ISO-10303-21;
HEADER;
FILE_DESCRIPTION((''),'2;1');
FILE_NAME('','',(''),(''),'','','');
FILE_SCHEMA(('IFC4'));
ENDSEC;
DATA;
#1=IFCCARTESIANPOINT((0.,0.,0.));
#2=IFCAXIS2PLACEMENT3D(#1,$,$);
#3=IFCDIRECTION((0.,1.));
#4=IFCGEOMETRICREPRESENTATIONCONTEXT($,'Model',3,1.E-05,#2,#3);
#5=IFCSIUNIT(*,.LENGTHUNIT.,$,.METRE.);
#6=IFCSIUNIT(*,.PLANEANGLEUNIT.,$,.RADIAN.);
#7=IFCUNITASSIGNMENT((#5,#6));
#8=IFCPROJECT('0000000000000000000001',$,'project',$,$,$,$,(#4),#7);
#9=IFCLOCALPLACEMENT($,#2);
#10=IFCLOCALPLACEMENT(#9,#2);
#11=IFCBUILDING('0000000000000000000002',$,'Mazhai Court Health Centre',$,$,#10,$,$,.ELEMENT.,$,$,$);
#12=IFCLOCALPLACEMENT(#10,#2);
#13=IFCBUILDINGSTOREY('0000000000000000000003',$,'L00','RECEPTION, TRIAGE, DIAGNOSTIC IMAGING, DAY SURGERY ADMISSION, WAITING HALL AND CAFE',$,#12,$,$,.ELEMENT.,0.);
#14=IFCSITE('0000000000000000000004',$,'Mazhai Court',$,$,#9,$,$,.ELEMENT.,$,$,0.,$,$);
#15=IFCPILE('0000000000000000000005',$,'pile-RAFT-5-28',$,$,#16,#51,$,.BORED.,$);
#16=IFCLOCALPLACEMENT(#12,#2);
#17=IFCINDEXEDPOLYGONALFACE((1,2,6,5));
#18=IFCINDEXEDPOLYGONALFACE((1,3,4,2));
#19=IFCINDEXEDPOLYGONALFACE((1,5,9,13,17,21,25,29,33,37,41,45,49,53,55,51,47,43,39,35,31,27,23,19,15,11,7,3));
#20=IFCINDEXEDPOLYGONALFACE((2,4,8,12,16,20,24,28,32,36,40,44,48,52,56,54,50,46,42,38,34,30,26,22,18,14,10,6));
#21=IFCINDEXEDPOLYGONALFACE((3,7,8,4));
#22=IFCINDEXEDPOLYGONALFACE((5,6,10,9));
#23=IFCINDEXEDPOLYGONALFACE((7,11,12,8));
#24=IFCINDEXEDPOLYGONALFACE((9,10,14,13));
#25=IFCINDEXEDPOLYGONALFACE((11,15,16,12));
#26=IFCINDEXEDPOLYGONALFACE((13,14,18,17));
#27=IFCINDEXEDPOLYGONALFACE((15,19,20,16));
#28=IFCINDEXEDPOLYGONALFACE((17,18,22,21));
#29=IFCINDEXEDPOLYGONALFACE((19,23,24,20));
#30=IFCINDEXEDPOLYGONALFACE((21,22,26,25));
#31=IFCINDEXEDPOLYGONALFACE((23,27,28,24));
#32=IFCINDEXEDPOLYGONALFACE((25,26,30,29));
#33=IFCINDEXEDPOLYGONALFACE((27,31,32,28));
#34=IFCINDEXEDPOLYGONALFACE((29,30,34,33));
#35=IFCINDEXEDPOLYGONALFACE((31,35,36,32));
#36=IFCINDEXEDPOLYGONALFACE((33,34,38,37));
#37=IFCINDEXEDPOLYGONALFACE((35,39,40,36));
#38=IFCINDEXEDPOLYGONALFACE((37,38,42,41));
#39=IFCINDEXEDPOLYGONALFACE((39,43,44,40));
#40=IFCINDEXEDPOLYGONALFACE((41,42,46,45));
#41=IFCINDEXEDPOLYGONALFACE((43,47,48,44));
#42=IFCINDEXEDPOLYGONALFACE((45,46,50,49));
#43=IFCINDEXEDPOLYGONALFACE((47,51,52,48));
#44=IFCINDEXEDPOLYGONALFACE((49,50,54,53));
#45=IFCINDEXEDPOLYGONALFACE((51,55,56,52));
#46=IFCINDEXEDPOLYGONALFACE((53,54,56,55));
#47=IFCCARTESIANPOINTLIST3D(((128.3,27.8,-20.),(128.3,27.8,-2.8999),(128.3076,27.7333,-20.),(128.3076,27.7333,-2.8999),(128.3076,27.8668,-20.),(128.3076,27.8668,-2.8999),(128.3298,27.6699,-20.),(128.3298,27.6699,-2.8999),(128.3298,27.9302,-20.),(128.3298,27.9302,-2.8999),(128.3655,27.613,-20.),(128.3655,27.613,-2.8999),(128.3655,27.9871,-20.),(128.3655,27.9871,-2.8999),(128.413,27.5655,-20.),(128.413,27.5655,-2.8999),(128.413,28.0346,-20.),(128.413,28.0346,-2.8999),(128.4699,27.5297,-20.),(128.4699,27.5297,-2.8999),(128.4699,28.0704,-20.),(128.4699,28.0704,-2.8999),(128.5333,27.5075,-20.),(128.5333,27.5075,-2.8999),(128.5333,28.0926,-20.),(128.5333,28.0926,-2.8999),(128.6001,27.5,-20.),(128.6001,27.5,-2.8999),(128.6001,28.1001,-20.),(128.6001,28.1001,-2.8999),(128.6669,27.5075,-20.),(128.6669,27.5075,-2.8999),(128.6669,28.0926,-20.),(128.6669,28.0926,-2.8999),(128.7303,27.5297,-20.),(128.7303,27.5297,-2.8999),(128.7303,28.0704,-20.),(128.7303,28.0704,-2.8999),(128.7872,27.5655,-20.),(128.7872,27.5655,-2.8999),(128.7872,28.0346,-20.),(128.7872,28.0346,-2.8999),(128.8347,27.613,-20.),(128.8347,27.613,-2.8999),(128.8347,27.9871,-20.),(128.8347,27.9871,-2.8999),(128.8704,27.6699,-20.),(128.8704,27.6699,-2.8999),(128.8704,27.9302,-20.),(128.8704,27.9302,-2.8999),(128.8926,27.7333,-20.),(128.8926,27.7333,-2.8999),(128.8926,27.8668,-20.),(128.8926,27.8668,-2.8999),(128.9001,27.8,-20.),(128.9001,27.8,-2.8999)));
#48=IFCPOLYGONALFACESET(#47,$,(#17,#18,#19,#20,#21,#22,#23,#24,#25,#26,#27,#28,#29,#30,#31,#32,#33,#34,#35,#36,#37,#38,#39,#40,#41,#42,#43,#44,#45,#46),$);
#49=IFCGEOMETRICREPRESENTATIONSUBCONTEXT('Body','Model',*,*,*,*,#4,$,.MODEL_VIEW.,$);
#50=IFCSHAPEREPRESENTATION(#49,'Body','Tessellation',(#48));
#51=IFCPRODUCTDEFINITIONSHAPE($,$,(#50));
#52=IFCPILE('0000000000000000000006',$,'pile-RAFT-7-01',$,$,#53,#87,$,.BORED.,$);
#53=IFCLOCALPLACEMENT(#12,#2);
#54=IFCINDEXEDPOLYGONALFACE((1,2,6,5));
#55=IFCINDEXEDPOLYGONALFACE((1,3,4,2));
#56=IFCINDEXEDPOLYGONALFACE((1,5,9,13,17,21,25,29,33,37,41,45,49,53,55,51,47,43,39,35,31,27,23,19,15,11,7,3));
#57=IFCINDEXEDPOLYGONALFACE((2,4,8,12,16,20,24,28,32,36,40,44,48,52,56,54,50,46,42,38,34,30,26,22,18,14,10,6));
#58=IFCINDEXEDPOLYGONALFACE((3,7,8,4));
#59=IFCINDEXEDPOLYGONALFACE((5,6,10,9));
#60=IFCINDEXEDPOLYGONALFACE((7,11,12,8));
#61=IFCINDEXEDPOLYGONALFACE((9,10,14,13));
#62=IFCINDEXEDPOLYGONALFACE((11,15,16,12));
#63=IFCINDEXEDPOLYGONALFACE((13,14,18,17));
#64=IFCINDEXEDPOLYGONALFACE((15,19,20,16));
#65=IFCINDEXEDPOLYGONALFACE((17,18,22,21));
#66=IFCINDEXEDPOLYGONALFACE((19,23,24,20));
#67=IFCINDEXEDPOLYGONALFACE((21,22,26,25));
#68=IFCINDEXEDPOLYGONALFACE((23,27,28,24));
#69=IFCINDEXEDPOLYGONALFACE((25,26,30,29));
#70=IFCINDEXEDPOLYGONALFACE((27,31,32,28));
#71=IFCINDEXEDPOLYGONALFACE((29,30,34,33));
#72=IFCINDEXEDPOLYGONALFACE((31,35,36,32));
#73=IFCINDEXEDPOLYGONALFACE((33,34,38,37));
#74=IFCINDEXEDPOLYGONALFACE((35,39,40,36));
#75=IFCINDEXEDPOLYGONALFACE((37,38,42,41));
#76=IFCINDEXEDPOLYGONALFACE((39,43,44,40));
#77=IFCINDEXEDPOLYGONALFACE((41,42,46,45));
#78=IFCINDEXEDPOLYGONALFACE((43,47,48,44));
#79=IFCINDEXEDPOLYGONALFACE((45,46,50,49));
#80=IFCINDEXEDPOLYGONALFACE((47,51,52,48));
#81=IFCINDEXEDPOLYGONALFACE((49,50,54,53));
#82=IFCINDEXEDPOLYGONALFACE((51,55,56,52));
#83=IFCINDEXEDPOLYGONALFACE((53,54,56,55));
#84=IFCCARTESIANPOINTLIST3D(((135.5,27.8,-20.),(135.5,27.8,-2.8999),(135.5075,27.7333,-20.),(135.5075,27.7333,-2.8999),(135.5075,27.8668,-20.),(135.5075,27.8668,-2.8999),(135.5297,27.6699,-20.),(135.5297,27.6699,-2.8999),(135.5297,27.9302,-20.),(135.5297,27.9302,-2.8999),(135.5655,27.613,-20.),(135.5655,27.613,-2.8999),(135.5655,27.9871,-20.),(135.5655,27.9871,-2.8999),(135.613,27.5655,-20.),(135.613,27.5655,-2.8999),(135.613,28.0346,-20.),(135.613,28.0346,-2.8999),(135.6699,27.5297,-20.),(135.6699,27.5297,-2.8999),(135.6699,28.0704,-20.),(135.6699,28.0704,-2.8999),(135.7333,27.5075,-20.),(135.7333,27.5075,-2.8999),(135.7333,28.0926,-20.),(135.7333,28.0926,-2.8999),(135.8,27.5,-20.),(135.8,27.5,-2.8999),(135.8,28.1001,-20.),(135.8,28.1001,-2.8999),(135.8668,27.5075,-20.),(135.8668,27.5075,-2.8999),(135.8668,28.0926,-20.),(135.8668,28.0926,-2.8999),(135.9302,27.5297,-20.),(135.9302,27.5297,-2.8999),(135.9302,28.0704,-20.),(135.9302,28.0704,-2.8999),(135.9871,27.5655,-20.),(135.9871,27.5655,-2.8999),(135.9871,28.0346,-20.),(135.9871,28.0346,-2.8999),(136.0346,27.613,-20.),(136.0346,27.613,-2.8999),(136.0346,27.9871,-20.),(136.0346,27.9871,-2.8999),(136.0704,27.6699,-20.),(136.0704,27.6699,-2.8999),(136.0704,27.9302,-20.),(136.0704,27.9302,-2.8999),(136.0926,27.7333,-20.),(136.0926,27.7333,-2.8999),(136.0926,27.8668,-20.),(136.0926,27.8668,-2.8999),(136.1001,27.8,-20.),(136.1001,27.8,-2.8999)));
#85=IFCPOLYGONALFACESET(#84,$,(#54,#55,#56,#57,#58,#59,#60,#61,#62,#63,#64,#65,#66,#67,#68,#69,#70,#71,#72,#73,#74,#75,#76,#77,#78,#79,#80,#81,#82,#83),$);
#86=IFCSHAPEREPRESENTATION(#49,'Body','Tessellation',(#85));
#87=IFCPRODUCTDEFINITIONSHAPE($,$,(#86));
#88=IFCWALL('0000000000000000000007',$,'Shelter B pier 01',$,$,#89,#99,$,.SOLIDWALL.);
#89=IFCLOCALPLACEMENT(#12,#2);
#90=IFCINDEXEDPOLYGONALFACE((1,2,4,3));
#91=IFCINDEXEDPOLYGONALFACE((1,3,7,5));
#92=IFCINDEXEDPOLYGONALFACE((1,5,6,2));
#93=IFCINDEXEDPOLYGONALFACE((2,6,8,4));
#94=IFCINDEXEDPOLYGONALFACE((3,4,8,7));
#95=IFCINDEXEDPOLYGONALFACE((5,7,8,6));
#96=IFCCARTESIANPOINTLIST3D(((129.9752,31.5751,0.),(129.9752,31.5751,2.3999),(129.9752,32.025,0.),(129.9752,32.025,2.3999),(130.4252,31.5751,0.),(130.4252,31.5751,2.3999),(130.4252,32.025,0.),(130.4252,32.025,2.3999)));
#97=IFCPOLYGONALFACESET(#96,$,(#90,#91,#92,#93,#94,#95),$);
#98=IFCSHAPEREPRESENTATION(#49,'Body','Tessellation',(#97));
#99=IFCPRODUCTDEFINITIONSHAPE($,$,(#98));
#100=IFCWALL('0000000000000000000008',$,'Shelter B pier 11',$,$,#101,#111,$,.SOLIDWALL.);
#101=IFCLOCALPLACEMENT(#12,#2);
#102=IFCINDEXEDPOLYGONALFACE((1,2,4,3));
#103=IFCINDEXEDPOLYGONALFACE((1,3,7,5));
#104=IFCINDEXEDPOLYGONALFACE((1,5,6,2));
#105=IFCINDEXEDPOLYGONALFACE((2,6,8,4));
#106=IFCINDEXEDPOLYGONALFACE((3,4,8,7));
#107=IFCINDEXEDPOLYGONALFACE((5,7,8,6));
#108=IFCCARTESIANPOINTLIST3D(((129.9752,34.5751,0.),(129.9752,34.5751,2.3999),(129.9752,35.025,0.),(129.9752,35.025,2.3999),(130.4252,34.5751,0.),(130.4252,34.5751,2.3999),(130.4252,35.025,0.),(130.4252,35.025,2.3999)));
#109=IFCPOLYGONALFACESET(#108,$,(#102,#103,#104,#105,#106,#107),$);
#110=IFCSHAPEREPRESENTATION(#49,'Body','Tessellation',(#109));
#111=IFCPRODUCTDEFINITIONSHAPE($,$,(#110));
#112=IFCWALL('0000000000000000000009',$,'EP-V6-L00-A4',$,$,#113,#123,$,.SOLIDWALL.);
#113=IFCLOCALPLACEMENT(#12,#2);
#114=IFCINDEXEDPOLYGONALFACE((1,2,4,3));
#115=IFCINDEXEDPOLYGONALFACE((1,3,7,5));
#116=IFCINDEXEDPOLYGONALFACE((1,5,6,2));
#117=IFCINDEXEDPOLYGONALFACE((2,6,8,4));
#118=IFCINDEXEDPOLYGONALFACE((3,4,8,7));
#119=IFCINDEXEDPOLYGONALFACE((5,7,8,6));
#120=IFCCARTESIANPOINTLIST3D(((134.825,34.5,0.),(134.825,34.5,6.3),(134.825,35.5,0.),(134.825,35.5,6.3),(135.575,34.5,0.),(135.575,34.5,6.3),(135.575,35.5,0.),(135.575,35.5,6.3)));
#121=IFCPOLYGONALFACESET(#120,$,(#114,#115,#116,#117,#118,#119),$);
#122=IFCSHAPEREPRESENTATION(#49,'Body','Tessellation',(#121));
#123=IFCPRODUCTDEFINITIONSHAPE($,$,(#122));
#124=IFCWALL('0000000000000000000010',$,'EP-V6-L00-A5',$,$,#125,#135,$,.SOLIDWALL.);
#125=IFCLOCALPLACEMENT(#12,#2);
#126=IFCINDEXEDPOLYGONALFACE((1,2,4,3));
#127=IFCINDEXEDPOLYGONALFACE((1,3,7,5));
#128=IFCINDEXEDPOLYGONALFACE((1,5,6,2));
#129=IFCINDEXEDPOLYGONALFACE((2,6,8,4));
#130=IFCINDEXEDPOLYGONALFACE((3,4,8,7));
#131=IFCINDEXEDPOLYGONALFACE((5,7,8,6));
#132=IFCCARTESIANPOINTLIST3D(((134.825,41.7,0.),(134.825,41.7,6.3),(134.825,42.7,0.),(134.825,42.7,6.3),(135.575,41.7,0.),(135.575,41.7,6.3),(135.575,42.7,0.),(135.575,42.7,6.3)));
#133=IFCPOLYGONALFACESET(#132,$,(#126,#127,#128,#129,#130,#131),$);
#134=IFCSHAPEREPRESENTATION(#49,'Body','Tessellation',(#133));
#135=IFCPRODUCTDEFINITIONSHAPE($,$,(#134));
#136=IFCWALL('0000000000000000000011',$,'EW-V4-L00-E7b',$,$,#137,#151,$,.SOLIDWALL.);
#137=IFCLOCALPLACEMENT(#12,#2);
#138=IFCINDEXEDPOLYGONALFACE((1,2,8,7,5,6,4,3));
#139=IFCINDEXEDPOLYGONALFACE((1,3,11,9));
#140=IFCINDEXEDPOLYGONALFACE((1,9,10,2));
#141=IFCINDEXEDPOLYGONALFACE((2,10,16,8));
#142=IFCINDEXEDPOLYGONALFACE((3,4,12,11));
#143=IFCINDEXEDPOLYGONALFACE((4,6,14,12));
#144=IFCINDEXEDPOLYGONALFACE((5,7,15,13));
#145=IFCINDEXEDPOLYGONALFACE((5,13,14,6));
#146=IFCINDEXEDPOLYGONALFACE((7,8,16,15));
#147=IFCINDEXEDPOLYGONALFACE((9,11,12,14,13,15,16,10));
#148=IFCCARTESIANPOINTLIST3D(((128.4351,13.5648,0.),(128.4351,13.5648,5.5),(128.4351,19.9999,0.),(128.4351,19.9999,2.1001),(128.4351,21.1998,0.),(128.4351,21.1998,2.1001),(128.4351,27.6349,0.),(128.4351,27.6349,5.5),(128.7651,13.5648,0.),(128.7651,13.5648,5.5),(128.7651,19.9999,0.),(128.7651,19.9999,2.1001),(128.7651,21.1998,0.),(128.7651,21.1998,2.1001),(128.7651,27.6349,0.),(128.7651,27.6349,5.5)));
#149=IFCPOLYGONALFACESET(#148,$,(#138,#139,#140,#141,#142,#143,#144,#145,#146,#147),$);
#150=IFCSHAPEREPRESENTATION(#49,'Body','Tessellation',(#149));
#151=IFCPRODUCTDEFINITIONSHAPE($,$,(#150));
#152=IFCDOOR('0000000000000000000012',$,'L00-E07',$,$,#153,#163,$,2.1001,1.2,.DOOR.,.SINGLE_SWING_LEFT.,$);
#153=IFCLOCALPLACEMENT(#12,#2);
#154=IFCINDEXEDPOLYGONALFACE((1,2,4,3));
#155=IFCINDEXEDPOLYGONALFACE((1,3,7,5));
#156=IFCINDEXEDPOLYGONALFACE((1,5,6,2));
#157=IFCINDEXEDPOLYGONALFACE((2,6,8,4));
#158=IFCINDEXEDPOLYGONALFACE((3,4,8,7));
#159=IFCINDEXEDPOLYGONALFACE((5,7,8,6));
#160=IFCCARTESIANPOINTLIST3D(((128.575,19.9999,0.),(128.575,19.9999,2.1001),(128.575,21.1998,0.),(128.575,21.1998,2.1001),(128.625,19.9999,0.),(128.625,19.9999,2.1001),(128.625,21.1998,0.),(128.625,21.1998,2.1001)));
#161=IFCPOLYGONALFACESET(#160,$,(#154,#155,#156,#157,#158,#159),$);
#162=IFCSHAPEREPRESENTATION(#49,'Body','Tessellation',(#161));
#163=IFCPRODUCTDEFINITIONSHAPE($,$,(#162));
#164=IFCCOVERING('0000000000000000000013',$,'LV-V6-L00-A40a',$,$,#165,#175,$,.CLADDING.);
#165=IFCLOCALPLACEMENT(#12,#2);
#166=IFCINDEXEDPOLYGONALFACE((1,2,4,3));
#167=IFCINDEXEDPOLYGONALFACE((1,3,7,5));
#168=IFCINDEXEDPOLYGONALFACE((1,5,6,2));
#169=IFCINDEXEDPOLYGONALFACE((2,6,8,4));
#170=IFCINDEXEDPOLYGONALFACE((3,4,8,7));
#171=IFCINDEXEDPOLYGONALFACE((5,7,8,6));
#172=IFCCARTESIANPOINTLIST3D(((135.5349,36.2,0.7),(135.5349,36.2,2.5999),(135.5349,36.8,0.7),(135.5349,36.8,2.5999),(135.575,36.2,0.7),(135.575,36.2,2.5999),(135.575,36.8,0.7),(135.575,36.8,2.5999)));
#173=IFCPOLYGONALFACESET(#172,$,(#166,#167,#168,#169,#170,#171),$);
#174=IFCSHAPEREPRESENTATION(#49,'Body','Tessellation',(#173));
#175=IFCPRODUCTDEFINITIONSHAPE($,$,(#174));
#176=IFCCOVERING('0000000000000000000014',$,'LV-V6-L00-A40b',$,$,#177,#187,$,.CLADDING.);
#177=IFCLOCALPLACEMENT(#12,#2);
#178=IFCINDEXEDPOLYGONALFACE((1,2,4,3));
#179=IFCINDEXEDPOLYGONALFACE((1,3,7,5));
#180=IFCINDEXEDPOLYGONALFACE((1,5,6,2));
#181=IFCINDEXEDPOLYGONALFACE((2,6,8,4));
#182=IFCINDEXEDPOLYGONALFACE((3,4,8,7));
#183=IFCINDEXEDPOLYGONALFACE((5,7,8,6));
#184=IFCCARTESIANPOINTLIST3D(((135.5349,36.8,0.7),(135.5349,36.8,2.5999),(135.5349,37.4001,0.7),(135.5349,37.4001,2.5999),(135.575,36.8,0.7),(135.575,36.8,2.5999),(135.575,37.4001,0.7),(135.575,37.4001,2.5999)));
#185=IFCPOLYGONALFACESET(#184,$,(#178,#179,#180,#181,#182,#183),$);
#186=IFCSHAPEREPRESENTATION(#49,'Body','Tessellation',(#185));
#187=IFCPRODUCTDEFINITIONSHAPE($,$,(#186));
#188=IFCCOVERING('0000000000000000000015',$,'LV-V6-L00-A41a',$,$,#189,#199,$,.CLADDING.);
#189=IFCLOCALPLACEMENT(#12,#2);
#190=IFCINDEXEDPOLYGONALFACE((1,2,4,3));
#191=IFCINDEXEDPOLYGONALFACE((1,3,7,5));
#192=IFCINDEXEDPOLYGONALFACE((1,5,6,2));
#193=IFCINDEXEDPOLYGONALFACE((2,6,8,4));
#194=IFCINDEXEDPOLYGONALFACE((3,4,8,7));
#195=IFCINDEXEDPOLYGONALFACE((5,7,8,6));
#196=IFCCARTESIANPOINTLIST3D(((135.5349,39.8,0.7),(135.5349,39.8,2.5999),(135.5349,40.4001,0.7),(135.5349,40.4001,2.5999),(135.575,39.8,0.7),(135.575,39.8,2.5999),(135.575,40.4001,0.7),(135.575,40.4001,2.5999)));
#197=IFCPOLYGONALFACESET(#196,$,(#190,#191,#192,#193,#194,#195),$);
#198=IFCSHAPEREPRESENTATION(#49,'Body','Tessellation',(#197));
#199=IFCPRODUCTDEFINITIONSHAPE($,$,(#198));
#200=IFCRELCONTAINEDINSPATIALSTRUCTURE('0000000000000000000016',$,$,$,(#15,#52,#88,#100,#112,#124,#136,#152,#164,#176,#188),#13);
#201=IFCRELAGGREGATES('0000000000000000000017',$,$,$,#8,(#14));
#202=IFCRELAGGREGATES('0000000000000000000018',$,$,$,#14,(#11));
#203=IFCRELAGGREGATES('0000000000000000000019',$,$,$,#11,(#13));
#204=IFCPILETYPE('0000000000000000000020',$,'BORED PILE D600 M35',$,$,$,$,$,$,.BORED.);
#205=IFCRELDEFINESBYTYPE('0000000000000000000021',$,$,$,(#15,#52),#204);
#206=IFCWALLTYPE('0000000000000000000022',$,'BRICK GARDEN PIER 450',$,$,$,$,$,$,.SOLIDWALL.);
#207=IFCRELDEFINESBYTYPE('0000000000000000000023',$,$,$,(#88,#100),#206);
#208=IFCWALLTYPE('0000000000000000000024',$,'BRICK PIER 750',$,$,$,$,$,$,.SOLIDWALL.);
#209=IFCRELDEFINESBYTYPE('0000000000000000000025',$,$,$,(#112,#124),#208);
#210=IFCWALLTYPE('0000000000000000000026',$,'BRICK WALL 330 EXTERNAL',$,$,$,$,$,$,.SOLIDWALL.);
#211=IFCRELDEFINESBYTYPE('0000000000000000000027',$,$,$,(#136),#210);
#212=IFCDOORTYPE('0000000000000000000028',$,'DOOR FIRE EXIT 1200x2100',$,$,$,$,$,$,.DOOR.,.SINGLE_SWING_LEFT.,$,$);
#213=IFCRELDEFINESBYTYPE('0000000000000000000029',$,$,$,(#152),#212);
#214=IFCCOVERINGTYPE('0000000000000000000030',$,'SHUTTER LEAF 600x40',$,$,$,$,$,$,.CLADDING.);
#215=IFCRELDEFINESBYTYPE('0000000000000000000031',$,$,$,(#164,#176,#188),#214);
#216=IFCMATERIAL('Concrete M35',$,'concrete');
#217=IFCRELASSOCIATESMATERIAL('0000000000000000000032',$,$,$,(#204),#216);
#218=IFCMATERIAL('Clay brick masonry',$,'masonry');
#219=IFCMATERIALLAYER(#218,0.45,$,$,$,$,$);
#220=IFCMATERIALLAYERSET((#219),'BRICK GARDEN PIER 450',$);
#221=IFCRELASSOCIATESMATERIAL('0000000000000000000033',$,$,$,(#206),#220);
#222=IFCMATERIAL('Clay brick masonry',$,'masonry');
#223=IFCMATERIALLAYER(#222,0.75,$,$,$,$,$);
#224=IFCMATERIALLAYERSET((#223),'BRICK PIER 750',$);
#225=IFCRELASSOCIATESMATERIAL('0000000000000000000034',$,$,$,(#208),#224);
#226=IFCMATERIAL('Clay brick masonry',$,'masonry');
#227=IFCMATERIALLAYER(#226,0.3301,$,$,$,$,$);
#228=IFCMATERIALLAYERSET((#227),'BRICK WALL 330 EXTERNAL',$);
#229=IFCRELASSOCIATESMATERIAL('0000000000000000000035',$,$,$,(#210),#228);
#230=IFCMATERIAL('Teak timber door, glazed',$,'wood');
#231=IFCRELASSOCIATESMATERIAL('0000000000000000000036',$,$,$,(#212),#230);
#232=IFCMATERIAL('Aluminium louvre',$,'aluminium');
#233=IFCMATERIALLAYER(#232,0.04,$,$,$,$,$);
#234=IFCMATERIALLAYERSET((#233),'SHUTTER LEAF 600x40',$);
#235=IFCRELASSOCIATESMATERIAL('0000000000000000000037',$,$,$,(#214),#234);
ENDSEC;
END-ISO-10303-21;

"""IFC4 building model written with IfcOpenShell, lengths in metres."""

from ifc_helpers import new_model, si_unit, direction, frame, frame_2d, origin, origin_2d, place, context, subcontext, project, spatial, rectangle, circle, extrude, material, layer, layer_set, material_profile, profile_set, type_object, element, fill, save


model = new_model("IFC4")

# Units and contexts
model_context = context("Model", 3, precision=1e-05, world=origin(), true_north=direction((0.0, 1.0)))
body_context = subcontext(model_context, "Body", "Model", "MODEL_VIEW")
ifc_project = project(units=[si_unit("LENGTHUNIT", "METRE"), si_unit("PLANEANGLEUNIT", "RADIAN")], contexts=[model_context])

# Site, building, storey
site_placement = place(None, origin())
site = spatial("IfcSite", under=ifc_project, at=site_placement, Name="Mazhai Court", CompositionType="ELEMENT", RefElevation=0.0)
building_placement = place(site_placement, origin())
building = spatial("IfcBuilding", under=site, at=building_placement, Name="Mazhai Court Health Centre", CompositionType="ELEMENT")
storey_placement = place(building_placement, origin())
storey = spatial("IfcBuildingStorey", under=building, at=storey_placement, Name="L00", Description="RECEPTION, TRIAGE, DIAGNOSTIC IMAGING, DAY SURGERY ADMISSION, WAITING HALL AND CAFE", CompositionType="ELEMENT", Elevation=0.0)

# Piles
ifc_material_1 = material(Name="Concrete M35", Category="concrete")
ifc_material_profile = material_profile(ifc_material_1, circle(Radius=0.3, at=origin_2d()), Name="RC PILE D600")
ifc_profile_set = profile_set([ifc_material_profile], Name="Concrete M35")
pile_type = type_object("IfcPileType", Name="BORED PILE D600 M35", PredefinedType="BORED", material=ifc_profile_set)
for number, where, z_axis, x_axis, name in (
    (1, (128.6001, 27.8, -2.8999), (0.0, 0.0, -1.0), (1.0, 0.0, 0.0), "pile-RAFT-5-28"),
    (2, (135.8, 27.8, -2.8999), (0.0, 0.0, -1.0), (1.0, 0.0, 0.0), "pile-RAFT-7-01"),
):
    element("IfcPile", number, at=place(storey_placement, frame(where, z_axis=z_axis, x_axis=x_axis)), inside=storey, type_object=pile_type, Name=name, PredefinedType="BORED", context=body_context, shape_type="SweptSolid", body=[
        extrude(circle(Radius=0.3, at=origin_2d()), origin(), (0.0, 0.0, 1.0), 17.1001),
    ])

# Walls
ifc_material_2 = material(Name="Clay brick masonry", Category="masonry")
ifc_layer_1 = layer(ifc_material_2, 0.45)
ifc_layer_set_1 = layer_set([ifc_layer_1], Name="BRICK GARDEN PIER 450")
wall_type_1 = type_object("IfcWallType", Name="BRICK GARDEN PIER 450", PredefinedType="SOLIDWALL", material=ifc_layer_set_1)
for number, where, z_axis, x_axis, name in (
    (3, (129.9751, 31.8, 0.0), (0.0, 0.0, 1.0), (1.0, 0.0, 0.0), "Shelter B pier 01"),
    (4, (129.9751, 34.8, 0.0), (0.0, 0.0, 1.0), (1.0, 0.0, 0.0), "Shelter B pier 11"),
):
    element("IfcWall", number, at=place(storey_placement, frame(where, z_axis=z_axis, x_axis=x_axis)), inside=storey, type_object=wall_type_1, Name=name, PredefinedType="SOLIDWALL", context=body_context, shape_type="SweptSolid", body=[
        extrude(rectangle(XDim=0.45, YDim=0.45, at=frame_2d((0.2251, 0.0))), origin(), (0.0, 0.0, 1.0), 2.3999),
    ])
ifc_material_3 = material(Name="Clay brick masonry", Category="masonry")
ifc_layer_2 = layer(ifc_material_3, 0.75)
ifc_layer_set_2 = layer_set([ifc_layer_2], Name="BRICK PIER 750")
wall_type_2 = type_object("IfcWallType", Name="BRICK PIER 750", PredefinedType="SOLIDWALL", material=ifc_layer_set_2)
for number, where, z_axis, x_axis, name in (
    (5, (135.2, 34.5, 0.0), (0.0, 0.0, 1.0), (0.0, 1.0, 0.0), "EP-V6-L00-A4"),
    (6, (135.2, 41.7, 0.0), (0.0, 0.0, 1.0), (0.0, 1.0, 0.0), "EP-V6-L00-A5"),
):
    element("IfcWall", number, at=place(storey_placement, frame(where, z_axis=z_axis, x_axis=x_axis)), inside=storey, type_object=wall_type_2, Name=name, PredefinedType="SOLIDWALL", context=body_context, shape_type="SweptSolid", body=[
        extrude(rectangle(XDim=1.0, YDim=0.75, at=frame_2d((0.5, 0.0))), origin(), (0.0, 0.0, 1.0), 6.3),
    ])

# Wall, opening, door
ifc_material_4 = material(Name="Clay brick masonry", Category="masonry")
ifc_layer_3 = layer(ifc_material_4, 0.3301)
ifc_layer_set_3 = layer_set([ifc_layer_3], Name="BRICK WALL 330 EXTERNAL")
wall_type_3 = type_object("IfcWallType", Name="BRICK WALL 330 EXTERNAL", PredefinedType="SOLIDWALL", material=ifc_layer_set_3)
wall_placement = place(storey_placement, frame((128.6001, 27.635, 0.0), z_axis=(0.0, 0.0, 1.0), x_axis=(0.0, -1.0, 0.0)))
wall = element("IfcWall", 7, at=wall_placement, inside=storey, type_object=wall_type_3, Name="EW-V4-L00-E7b", PredefinedType="SOLIDWALL", context=body_context, shape_type="SweptSolid", body=[
    extrude(rectangle(XDim=14.0701, YDim=0.3301, at=frame_2d((7.0352, 0.0))), origin(), (0.0, 0.0, 1.0), 5.5),
])
opening_placement = place(wall_placement, frame((6.4351, 0.0, 0.0)))
opening = element("IfcOpeningElement", 8, at=opening_placement, cuts=wall, PredefinedType="OPENING", context=body_context, shape_type="SweptSolid", body=[
    extrude(rectangle(XDim=1.2, YDim=2.1001, at=frame_2d((0.6001, 1.05))), frame((0.0, 0.175, 0.0), z_axis=(0.0, -1.0, 0.0), x_axis=(1.0, 0.0, 0.0)), (0.0, 0.0, 1.0), 0.3501),
])
ifc_material_5 = material(Name="Teak timber door, glazed", Category="wood")
door_type = type_object("IfcDoorType", Name="DOOR FIRE EXIT 1200x2100", OperationType="SINGLE_SWING_LEFT", PredefinedType="DOOR", material=ifc_material_5)
door_placement = place(opening_placement, origin())
door = element("IfcDoor", 9, at=door_placement, inside=storey, type_object=door_type, Name="L00-E07", OperationType="SINGLE_SWING_LEFT", OverallHeight=2.1001, OverallWidth=1.2, PredefinedType="DOOR", context=body_context, shape_type="SweptSolid", body=[
    extrude(rectangle(XDim=1.2, YDim=2.1001, at=frame_2d((0.6001, 1.05))), frame((0.0, 0.0249, 0.0), z_axis=(0.0, -1.0, 0.0), x_axis=(1.0, 0.0, 0.0)), (0.0, 0.0, 1.0), 0.05),
])
fill(opening, door)

# Coverings
ifc_material_6 = material(Name="Aluminium louvre", Category="aluminium")
ifc_layer_4 = layer(ifc_material_6, 0.04)
ifc_layer_set_4 = layer_set([ifc_layer_4], Name="SHUTTER LEAF 600x40")
covering_type_1 = type_object("IfcCoveringType", Name="SHUTTER LEAF 600x40", PredefinedType="CLADDING", material=ifc_layer_set_4)
for number, where, z_axis, x_axis, name in (
    (10, (135.5549, 36.5, 0.7), (0.0, 0.0, 1.0), (0.0, 1.0, 0.0), "LV-V6-L00-A40a"),
    (11, (135.5549, 37.1001, 0.7), (0.0, 0.0, 1.0), (0.0, 1.0, 0.0), "LV-V6-L00-A40b"),
    (12, (135.5549, 40.1001, 0.7), (0.0, 0.0, 1.0), (0.0, 1.0, 0.0), "LV-V6-L00-A41a"),
):
    element("IfcCovering", number, at=place(storey_placement, frame(where, z_axis=z_axis, x_axis=x_axis)), inside=storey, type_object=covering_type_1, Name=name, PredefinedType="CLADDING", context=body_context, shape_type="SweptSolid", body=[
        extrude(rectangle(XDim=0.6001, YDim=0.04, at=origin_2d()), origin(), (0.0, 0.0, 1.0), 1.8999),
    ])

save(model, "model.ifc")
